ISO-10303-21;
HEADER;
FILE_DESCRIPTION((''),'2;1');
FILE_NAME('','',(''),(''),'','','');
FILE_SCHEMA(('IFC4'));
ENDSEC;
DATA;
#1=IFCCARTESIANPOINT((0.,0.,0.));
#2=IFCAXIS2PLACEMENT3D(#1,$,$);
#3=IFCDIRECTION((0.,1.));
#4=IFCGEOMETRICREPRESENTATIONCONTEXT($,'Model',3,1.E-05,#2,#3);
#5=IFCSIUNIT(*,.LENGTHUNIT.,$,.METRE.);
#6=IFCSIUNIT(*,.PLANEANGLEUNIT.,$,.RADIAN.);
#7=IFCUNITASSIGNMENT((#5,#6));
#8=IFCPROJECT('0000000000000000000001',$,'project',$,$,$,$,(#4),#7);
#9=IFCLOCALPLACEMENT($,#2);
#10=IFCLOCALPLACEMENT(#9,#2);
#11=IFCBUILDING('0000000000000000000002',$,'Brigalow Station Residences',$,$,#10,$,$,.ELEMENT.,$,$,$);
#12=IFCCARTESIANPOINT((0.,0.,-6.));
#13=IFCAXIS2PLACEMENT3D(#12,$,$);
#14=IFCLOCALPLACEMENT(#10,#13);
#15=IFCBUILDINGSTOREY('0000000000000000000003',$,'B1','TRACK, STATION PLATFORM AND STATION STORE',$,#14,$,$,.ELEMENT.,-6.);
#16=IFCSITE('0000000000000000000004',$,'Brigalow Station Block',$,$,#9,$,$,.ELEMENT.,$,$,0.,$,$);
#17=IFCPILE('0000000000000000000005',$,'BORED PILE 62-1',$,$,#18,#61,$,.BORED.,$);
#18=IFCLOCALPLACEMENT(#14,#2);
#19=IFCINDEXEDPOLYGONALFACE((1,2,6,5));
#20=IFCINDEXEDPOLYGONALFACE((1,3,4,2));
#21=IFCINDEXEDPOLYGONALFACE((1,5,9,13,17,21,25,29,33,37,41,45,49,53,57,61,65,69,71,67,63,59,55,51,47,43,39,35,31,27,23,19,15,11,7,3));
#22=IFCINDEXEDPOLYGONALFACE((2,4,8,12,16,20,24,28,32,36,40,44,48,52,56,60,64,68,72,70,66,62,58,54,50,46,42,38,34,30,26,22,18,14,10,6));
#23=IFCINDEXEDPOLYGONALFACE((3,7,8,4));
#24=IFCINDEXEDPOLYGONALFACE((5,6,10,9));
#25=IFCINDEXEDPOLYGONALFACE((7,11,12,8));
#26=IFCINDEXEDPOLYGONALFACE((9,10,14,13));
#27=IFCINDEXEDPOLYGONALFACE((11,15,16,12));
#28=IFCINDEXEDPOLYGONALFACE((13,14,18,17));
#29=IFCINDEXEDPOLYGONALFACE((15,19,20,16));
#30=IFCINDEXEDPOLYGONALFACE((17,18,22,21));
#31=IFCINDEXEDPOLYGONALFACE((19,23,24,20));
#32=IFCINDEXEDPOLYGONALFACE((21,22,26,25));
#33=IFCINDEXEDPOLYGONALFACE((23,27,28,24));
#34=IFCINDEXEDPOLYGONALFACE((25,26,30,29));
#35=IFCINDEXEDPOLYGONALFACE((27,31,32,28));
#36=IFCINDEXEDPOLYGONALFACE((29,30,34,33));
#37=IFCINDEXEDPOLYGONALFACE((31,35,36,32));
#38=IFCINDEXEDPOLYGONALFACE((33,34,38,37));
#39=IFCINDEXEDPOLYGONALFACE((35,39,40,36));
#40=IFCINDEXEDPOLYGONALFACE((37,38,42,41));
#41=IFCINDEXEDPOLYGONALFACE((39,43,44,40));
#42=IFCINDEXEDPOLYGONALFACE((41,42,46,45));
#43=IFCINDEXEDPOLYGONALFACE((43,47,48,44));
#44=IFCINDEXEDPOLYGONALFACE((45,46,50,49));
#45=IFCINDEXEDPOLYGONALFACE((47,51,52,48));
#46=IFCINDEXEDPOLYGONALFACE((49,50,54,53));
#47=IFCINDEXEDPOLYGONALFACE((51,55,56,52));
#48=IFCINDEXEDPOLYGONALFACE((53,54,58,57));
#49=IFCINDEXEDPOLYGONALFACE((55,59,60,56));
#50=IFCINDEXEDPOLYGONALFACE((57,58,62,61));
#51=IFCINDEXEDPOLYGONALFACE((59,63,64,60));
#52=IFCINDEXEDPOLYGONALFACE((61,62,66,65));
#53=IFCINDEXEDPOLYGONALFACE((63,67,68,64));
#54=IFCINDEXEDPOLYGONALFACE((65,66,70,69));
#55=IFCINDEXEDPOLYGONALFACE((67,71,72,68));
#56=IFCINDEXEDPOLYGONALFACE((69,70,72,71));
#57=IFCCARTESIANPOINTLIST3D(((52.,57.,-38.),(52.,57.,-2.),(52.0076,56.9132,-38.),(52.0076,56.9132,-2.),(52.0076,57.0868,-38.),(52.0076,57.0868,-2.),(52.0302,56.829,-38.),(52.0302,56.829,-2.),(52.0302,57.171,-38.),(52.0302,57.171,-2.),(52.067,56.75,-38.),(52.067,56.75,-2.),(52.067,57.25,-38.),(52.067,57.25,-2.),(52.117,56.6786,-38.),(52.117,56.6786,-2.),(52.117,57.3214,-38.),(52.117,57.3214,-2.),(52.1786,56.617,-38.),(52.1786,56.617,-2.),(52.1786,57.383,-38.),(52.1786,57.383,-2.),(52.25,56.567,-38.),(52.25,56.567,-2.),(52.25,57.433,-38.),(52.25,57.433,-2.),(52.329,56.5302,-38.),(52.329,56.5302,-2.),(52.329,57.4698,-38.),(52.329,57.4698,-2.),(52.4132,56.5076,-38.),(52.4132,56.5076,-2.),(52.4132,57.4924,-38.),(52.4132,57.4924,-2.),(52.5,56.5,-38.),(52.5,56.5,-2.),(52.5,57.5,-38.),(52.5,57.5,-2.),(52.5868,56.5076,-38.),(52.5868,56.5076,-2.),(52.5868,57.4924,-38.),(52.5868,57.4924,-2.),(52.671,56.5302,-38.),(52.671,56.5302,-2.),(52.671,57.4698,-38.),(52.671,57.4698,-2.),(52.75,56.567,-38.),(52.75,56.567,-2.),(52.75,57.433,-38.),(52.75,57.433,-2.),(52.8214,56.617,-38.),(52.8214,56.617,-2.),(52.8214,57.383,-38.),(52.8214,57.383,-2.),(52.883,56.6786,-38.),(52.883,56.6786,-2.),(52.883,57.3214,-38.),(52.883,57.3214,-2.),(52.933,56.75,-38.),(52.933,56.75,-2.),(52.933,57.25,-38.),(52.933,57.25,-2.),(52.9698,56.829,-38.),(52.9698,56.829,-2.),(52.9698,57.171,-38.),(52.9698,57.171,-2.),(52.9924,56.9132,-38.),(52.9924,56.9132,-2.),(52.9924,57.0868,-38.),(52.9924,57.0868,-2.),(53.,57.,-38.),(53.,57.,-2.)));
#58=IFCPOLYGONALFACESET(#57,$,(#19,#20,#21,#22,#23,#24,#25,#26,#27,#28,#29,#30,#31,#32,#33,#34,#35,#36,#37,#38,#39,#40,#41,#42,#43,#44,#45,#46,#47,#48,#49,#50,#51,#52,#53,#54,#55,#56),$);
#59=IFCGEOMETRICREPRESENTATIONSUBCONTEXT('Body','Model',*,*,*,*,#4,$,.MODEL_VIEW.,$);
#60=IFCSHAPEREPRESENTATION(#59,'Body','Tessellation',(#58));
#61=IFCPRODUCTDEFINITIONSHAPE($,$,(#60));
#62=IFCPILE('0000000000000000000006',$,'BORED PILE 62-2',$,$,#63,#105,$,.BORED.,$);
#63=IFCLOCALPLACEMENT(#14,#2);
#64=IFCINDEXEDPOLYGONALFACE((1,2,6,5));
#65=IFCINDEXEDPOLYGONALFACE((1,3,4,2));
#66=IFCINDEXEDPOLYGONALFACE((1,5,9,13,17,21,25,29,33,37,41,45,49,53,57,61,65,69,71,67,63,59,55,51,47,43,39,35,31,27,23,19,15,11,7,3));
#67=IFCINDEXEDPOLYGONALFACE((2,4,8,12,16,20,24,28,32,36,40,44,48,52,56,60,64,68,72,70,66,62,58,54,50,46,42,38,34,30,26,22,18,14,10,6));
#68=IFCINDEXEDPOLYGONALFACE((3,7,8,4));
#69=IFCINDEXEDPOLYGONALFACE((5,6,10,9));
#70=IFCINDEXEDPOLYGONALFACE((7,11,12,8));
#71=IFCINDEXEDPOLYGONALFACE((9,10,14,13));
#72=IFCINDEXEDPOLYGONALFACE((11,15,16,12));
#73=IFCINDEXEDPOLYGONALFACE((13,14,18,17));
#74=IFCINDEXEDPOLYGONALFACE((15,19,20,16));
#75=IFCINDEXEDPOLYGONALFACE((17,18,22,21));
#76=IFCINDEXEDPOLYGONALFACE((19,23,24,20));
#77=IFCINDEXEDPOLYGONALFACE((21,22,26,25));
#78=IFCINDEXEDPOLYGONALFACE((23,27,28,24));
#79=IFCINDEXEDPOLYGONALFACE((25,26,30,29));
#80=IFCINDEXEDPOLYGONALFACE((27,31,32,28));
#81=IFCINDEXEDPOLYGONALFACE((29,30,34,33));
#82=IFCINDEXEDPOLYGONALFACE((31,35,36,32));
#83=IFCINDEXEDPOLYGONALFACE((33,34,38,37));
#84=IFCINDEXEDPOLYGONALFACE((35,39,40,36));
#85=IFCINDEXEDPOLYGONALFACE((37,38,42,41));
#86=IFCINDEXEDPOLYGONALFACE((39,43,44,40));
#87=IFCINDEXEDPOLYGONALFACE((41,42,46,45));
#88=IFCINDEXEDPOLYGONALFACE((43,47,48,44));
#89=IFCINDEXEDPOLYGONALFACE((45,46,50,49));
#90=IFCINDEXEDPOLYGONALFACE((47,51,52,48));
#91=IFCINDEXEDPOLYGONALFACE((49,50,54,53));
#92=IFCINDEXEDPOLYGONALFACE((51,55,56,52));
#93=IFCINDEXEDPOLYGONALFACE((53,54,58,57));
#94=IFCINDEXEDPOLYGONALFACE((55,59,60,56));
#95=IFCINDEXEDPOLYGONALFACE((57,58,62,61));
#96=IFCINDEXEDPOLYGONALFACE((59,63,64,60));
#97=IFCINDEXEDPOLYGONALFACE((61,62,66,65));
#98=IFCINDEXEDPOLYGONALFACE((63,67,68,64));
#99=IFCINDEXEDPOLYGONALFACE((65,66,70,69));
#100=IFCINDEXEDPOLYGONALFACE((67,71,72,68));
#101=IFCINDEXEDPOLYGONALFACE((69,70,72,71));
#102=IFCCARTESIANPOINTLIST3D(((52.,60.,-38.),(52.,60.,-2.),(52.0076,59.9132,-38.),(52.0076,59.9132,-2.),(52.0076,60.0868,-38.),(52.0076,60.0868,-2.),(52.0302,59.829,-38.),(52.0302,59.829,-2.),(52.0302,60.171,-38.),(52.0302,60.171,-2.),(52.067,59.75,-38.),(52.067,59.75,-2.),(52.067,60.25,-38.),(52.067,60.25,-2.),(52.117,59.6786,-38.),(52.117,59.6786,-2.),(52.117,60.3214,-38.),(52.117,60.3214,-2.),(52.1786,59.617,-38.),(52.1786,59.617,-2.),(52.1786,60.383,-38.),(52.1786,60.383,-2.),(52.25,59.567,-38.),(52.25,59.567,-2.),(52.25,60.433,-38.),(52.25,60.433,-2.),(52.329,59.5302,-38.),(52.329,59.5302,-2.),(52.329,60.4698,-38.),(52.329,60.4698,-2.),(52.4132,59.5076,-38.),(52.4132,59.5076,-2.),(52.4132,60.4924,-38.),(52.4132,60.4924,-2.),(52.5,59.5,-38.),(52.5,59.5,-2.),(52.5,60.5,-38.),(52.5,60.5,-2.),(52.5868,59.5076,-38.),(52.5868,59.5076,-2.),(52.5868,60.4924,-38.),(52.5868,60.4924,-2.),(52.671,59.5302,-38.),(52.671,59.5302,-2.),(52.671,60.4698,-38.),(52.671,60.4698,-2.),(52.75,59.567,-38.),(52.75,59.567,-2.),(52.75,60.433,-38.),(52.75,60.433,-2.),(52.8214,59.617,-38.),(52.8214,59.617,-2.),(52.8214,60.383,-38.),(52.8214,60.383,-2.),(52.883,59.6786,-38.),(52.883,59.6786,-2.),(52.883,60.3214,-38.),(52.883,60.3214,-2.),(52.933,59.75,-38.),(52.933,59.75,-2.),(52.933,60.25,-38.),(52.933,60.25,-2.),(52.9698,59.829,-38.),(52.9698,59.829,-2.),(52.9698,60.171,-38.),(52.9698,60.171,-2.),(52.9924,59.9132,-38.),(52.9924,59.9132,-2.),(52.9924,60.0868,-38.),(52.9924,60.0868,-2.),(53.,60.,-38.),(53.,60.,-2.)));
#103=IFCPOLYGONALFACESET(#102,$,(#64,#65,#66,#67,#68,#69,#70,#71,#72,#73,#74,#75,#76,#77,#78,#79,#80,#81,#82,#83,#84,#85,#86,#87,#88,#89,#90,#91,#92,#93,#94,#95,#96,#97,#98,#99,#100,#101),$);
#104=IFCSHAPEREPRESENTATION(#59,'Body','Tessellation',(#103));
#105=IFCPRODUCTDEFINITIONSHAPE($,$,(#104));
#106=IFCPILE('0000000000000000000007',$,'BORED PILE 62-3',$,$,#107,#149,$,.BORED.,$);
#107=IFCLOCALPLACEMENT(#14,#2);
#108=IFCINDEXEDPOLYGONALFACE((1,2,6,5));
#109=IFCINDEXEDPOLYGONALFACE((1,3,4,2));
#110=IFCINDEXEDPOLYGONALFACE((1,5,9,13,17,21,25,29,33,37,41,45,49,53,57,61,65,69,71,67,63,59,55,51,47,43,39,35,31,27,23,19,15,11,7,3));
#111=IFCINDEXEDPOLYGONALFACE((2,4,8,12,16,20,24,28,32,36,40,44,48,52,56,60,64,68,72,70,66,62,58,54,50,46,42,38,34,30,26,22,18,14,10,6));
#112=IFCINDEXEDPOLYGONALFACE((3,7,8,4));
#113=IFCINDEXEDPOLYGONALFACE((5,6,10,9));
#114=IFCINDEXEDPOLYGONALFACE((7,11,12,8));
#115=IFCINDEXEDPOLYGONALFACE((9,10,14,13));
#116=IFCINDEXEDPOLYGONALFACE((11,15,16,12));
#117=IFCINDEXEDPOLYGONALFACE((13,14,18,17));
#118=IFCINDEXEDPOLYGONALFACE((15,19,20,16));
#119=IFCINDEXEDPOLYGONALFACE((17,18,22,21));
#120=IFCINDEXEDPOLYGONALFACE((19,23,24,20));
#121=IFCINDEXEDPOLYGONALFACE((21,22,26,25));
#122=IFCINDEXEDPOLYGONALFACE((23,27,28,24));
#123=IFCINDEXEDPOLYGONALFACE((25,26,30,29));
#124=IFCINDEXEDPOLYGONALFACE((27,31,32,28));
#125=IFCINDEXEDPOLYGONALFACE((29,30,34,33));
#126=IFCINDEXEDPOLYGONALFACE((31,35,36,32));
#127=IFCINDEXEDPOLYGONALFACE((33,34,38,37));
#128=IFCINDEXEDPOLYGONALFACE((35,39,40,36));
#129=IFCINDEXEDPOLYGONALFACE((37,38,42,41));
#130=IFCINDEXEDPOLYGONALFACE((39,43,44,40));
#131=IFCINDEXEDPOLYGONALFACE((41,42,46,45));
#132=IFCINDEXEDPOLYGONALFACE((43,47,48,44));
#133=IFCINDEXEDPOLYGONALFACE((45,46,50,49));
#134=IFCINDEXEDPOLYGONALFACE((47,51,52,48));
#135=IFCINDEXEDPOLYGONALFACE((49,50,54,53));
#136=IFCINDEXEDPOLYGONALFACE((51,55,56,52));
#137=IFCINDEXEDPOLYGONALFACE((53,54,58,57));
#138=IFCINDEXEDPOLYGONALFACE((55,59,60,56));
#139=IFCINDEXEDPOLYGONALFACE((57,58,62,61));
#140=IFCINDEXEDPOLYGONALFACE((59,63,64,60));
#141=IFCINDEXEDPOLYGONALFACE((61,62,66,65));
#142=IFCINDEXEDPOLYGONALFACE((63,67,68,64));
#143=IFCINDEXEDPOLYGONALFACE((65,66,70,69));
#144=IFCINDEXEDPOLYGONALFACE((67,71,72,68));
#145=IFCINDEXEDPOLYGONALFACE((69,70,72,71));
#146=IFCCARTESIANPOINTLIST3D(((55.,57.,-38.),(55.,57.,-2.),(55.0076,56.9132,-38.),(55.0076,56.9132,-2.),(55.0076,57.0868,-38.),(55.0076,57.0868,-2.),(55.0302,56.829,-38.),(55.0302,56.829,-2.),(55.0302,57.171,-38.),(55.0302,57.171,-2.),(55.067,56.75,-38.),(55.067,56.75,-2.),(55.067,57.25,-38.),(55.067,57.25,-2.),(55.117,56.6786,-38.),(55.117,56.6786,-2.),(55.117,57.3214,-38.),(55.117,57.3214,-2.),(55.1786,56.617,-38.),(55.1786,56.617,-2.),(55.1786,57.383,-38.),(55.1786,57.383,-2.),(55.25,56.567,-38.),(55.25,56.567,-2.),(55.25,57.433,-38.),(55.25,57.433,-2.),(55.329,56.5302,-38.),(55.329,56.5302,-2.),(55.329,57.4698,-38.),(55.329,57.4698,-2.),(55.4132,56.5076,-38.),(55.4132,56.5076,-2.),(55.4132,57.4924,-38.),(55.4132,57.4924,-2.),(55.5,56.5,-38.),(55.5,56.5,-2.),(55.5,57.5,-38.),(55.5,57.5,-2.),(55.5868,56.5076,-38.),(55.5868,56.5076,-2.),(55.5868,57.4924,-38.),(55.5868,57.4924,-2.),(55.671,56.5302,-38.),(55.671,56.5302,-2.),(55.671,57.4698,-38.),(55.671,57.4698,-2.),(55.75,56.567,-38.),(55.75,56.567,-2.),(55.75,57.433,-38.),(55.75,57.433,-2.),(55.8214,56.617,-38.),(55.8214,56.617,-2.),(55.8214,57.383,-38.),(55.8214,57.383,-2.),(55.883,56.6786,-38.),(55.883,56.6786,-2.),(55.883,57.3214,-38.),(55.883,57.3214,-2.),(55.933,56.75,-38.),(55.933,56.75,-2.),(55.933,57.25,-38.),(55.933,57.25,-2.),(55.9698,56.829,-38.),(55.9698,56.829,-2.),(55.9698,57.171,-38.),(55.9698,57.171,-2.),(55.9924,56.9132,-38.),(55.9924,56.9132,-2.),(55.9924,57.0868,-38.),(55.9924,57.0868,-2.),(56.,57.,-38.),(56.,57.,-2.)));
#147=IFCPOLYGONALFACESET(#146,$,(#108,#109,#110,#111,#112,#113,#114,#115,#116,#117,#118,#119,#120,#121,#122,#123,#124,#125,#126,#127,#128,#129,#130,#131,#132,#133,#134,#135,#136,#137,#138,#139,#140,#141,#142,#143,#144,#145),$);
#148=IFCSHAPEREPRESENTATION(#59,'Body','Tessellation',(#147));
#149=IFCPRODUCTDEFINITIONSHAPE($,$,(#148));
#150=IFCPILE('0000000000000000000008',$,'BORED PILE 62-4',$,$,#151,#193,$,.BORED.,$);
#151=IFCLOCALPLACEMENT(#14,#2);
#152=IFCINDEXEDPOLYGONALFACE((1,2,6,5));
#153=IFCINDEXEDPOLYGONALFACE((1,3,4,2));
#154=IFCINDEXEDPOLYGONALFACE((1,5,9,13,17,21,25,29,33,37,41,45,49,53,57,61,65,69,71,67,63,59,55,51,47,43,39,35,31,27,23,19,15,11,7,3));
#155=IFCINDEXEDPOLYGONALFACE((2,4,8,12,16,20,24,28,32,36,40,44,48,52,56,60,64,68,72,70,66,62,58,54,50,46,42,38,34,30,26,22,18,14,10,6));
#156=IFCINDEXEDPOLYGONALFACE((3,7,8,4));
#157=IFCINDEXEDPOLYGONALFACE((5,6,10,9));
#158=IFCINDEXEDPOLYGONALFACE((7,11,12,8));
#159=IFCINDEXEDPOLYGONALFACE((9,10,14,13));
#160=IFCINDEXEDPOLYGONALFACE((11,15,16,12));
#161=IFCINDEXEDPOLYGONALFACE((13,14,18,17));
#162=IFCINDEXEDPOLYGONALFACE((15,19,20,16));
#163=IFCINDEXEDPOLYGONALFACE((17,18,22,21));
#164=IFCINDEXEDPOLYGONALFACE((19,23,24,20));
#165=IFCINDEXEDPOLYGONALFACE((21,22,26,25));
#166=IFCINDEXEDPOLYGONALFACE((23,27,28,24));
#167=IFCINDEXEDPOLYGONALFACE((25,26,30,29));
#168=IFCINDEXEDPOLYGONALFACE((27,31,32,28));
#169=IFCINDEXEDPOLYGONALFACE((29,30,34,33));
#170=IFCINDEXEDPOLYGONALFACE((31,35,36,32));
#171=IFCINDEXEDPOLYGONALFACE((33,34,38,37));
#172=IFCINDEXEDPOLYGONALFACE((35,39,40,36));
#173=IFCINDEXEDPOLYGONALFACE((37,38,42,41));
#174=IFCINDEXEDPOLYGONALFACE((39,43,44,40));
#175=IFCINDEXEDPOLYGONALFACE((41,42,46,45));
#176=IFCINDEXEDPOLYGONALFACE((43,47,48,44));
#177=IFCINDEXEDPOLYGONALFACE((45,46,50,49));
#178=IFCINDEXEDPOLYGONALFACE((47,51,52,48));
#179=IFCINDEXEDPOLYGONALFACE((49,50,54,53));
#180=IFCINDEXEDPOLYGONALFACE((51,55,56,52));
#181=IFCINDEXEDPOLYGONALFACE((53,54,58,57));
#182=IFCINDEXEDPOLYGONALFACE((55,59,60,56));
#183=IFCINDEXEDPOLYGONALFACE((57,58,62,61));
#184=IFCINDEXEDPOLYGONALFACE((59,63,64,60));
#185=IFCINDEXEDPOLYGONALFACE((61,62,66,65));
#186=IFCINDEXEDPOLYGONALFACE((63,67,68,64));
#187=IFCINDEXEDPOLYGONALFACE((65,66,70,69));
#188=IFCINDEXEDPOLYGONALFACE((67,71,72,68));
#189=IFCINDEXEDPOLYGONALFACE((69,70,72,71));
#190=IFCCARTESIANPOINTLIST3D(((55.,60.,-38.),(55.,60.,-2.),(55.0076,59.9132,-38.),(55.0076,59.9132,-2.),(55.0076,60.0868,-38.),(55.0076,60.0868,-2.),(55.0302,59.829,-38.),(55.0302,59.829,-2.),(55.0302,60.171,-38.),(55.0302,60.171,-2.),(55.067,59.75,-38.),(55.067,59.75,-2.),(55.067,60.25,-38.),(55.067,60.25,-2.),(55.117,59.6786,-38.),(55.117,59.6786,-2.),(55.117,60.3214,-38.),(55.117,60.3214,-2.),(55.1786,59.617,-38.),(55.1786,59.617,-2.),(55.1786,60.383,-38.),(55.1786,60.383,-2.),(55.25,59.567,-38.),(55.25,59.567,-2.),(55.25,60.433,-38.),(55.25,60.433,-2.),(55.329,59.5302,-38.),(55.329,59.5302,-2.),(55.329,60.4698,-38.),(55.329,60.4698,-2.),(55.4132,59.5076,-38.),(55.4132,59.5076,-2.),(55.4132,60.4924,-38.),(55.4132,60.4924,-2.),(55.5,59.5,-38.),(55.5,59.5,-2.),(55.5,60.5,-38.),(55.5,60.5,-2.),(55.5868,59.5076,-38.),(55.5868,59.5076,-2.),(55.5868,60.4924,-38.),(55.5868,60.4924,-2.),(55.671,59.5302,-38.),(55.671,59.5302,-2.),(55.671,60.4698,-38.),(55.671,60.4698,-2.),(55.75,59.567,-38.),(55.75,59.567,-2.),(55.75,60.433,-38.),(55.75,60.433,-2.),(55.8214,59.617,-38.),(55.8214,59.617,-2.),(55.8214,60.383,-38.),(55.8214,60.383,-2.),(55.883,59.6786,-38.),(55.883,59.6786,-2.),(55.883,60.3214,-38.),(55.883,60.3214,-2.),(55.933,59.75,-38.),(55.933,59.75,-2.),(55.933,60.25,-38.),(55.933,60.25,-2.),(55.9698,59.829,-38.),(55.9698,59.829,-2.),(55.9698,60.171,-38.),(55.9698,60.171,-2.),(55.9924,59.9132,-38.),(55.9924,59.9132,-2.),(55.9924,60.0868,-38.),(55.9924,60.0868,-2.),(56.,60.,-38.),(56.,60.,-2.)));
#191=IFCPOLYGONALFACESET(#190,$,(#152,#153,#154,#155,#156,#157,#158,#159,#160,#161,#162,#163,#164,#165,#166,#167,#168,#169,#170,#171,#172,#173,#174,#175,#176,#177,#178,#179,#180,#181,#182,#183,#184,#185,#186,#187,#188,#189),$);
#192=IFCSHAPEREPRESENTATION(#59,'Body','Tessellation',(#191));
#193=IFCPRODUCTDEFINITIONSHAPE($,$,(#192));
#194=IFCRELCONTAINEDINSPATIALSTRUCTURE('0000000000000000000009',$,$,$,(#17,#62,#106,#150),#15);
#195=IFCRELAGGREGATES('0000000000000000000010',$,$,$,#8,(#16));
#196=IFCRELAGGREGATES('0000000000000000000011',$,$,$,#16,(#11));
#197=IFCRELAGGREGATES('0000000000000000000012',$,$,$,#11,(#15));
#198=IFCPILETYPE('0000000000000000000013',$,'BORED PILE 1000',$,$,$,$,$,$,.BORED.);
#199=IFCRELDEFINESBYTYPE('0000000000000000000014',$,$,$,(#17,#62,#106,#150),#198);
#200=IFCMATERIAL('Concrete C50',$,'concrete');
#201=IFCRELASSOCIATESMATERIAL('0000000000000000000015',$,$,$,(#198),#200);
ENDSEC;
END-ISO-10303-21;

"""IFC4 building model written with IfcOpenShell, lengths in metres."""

from ifc_helpers import new_model, si_unit, direction, frame, origin, origin_2d, place, context, subcontext, project, spatial, circle, extrude, material, material_profile, profile_set, type_object, element, save


model = new_model("IFC4")

# Units and contexts
model_context = context("Model", 3, precision=1e-05, world=origin(), true_north=direction((0.0, 1.0)))
body_context = subcontext(model_context, "Body", "Model", "MODEL_VIEW")
ifc_project = project(units=[si_unit("LENGTHUNIT", "METRE"), si_unit("PLANEANGLEUNIT", "RADIAN")], contexts=[model_context])

# Site, building, storey
site_placement = place(None, origin())
site = spatial("IfcSite", under=ifc_project, at=site_placement, Name="Brigalow Station Block", CompositionType="ELEMENT", RefElevation=0.0)
building_placement = place(site_placement, origin())
building = spatial("IfcBuilding", under=site, at=building_placement, Name="Brigalow Station Residences", CompositionType="ELEMENT")
storey_placement = place(building_placement, frame((0.0, 0.0, -6.0)))
storey = spatial("IfcBuildingStorey", under=building, at=storey_placement, Name="B1", Description="TRACK, STATION PLATFORM AND STATION STORE", CompositionType="ELEMENT", Elevation=-6.0)

# Piles
ifc_material_1 = material(Name="Concrete C50", Category="concrete")
ifc_material_profile_1 = material_profile(ifc_material_1, circle(Radius=0.5, at=origin_2d()), Name="BP1000")
ifc_profile_set_1 = profile_set([ifc_material_profile_1], Name="Concrete C50")
pile_type_1 = type_object("IfcPileType", Name="BORED PILE 1000", PredefinedType="BORED", material=ifc_profile_set_1)
for number, where, z_axis, x_axis, name in (
    (1, (52.5, 57.0, -2.0), (0.0, 0.0, -1.0), (1.0, 0.0, 0.0), "BORED PILE 62-1"),
    (2, (52.5, 60.0, -2.0), (0.0, 0.0, -1.0), (1.0, 0.0, 0.0), "BORED PILE 62-2"),
    (3, (55.5, 57.0, -2.0), (0.0, 0.0, -1.0), (1.0, 0.0, 0.0), "BORED PILE 62-3"),
    (4, (55.5, 60.0, -2.0), (0.0, 0.0, -1.0), (1.0, 0.0, 0.0), "BORED PILE 62-4"),
):
    element("IfcPile", number, at=place(storey_placement, frame(where, z_axis=z_axis, x_axis=x_axis)), inside=storey, type_object=pile_type_1, Name=name, PredefinedType="BORED", context=body_context, shape_type="SweptSolid", body=[
        extrude(circle(Radius=0.5, at=origin_2d()), origin(), (0.0, 0.0, 1.0), 36.0),
    ])

save(model, "model.ifc")
